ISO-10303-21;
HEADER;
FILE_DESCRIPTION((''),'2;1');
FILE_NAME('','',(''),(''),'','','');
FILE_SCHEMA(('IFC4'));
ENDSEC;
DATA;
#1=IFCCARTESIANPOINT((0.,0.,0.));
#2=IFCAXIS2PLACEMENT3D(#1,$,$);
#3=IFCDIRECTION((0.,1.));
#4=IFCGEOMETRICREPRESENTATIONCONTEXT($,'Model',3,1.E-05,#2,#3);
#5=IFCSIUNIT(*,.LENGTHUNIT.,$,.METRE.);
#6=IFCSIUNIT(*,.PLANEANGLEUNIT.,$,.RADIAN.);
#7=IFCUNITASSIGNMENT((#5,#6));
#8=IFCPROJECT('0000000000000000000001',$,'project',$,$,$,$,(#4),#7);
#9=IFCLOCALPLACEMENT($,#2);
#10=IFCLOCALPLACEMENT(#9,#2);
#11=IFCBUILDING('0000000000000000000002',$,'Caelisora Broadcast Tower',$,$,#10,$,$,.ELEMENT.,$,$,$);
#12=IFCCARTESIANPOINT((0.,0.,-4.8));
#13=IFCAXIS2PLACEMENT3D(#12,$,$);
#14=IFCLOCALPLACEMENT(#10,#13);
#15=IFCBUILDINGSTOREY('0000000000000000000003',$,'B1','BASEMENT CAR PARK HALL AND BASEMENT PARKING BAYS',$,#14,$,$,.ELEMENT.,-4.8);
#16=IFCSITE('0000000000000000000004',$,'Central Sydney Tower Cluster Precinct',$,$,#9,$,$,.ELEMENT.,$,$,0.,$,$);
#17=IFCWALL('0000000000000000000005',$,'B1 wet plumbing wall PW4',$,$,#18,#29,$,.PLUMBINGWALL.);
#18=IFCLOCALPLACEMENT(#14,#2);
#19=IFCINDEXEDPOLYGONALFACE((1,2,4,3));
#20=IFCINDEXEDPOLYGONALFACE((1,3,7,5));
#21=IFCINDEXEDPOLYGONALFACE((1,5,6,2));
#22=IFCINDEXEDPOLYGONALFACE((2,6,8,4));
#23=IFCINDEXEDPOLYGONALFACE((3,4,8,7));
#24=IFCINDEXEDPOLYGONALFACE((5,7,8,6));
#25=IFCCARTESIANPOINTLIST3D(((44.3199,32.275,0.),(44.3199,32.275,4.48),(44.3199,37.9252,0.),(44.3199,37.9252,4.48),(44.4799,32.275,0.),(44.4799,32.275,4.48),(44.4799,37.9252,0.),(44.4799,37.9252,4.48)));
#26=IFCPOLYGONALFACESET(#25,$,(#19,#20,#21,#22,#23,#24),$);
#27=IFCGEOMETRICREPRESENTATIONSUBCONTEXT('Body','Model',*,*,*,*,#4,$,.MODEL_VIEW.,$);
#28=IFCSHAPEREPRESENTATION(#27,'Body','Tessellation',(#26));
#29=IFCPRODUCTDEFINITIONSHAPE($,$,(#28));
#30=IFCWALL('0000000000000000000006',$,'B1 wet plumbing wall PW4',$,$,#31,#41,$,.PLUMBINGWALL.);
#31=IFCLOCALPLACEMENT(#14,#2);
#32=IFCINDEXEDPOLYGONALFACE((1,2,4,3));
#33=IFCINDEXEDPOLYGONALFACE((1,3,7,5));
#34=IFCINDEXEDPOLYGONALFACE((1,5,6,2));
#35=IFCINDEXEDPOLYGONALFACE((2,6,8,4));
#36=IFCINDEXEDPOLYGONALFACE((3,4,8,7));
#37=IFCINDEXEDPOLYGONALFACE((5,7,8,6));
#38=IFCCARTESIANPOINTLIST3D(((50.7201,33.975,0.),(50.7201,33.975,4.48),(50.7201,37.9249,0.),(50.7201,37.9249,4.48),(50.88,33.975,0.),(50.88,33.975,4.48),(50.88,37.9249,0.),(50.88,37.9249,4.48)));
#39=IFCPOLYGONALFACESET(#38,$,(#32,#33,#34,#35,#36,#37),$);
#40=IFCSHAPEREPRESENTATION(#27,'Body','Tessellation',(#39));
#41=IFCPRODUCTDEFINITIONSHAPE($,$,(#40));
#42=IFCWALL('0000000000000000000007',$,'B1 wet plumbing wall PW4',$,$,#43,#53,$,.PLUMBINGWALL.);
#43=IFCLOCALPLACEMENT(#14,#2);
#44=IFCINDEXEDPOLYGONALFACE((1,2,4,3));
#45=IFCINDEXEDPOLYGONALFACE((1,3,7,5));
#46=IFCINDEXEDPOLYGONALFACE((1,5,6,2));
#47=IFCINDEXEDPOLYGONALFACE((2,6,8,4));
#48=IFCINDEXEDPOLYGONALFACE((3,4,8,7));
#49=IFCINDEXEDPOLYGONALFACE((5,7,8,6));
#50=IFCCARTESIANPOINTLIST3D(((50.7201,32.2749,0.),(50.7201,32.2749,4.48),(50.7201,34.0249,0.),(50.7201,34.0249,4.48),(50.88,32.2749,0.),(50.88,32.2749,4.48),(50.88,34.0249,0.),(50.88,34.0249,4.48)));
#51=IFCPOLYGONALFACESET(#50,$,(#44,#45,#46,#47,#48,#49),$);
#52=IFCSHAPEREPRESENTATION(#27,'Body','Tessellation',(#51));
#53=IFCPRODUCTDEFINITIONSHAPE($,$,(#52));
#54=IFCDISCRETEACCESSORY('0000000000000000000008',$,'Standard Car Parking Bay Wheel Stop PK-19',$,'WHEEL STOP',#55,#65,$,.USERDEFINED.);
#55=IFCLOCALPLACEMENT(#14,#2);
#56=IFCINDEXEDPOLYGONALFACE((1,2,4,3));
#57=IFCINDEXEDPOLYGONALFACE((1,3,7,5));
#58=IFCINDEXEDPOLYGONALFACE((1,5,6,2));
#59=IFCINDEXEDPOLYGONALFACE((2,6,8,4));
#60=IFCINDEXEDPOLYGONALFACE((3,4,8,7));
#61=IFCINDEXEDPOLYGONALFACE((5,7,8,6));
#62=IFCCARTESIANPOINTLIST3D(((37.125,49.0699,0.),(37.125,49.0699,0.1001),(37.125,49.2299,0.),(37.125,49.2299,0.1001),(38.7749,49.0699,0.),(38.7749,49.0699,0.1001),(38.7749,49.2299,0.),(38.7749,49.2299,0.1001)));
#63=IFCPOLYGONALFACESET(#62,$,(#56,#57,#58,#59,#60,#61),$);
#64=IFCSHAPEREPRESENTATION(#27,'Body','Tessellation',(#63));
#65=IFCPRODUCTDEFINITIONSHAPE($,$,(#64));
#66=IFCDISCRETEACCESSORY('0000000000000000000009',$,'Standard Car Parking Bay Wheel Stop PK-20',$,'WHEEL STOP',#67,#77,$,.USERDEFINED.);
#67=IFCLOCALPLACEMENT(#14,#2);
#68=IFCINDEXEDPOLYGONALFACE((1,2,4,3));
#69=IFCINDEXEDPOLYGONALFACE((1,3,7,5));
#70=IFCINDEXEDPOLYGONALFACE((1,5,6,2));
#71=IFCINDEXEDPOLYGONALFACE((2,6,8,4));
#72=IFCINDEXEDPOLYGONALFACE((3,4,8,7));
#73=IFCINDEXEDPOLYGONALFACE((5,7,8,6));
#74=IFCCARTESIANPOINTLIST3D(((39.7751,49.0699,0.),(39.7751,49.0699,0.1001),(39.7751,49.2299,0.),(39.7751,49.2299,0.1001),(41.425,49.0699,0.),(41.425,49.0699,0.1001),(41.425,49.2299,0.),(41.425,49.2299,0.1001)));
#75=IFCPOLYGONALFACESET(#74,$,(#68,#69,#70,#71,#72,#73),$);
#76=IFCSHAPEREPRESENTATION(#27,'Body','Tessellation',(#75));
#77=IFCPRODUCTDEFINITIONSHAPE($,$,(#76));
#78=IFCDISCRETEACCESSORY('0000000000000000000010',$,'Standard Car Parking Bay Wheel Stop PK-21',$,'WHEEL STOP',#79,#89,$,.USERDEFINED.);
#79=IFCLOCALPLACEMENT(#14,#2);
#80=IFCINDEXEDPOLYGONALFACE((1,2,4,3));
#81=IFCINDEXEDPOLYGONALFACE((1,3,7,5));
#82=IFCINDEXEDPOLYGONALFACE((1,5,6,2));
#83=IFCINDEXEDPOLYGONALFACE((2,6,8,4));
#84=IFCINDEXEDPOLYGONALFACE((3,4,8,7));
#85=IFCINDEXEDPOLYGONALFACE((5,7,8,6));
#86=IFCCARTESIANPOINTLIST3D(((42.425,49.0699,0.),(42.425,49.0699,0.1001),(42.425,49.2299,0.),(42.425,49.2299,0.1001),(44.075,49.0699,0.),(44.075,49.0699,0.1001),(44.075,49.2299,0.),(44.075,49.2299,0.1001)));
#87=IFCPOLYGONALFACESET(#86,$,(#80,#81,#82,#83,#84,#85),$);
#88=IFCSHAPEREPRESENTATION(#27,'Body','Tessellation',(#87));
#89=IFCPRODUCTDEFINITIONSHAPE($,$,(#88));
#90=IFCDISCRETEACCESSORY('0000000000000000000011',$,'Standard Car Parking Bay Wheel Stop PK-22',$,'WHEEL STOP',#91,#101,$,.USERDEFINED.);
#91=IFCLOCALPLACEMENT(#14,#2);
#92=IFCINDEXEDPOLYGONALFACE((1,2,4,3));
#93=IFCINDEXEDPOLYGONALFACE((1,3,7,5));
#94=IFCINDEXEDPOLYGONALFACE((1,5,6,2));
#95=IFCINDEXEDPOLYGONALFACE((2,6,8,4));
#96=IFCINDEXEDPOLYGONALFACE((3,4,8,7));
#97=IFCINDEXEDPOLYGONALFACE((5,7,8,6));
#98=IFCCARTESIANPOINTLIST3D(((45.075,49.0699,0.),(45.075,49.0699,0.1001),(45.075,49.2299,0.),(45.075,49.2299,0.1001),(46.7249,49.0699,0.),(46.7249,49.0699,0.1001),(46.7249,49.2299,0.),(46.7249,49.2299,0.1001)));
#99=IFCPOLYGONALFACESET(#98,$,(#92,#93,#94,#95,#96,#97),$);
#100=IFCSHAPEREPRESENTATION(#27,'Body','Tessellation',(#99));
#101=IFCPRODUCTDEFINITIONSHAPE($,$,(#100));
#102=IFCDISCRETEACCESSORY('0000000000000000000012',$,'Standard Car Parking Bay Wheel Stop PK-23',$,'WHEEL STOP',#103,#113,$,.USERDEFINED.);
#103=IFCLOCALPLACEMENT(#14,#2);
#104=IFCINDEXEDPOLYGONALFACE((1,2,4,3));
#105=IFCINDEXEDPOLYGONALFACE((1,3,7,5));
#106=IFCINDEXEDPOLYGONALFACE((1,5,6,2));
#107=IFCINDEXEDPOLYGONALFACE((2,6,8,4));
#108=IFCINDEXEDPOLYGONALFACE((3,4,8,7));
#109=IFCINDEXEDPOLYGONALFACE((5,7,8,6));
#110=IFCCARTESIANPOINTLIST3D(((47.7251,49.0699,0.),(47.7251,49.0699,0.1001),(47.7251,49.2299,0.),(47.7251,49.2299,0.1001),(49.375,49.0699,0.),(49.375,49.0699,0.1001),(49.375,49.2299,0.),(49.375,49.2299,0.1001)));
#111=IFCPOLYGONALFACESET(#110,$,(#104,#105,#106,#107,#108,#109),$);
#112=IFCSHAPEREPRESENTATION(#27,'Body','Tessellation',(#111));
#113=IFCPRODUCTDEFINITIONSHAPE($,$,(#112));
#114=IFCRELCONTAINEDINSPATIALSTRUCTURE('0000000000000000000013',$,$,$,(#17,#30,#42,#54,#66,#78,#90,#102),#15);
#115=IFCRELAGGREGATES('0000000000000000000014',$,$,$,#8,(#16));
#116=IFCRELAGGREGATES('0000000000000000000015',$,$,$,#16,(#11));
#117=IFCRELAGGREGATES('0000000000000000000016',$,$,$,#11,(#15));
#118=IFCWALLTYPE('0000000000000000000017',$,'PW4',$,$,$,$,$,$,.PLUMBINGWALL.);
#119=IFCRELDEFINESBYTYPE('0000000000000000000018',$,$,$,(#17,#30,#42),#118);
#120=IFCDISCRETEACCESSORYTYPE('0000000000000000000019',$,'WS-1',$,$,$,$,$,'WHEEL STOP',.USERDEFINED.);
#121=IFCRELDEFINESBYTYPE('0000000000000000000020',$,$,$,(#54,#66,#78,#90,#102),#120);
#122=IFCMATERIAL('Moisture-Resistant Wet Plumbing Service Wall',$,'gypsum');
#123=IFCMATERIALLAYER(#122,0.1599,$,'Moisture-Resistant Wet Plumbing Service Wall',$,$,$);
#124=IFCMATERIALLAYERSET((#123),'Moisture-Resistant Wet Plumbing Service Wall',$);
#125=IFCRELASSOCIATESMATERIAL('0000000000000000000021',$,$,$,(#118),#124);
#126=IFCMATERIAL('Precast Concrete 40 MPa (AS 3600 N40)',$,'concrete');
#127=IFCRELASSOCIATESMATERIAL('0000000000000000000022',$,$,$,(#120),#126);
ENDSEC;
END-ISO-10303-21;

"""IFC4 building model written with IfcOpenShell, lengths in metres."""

from ifc_helpers import new_model, si_unit, direction, frame, frame_2d, origin, origin_2d, place, context, subcontext, project, spatial, rectangle, extrude, source, transform, mapped, material, layer, layer_set, type_object, type_shapes, element, save


model = new_model("IFC4")

# Units and contexts
model_context = context("Model", 3, precision=1e-05, world=origin(), true_north=direction((0.0, 1.0)))
body_context = subcontext(model_context, "Body", "Model", "MODEL_VIEW")
ifc_project = project(units=[si_unit("LENGTHUNIT", "METRE"), si_unit("PLANEANGLEUNIT", "RADIAN")], contexts=[model_context])

# Site, building, storey
site_placement = place(None, origin())
site = spatial("IfcSite", under=ifc_project, at=site_placement, Name="Central Sydney Tower Cluster Precinct", CompositionType="ELEMENT", RefElevation=0.0)
building_placement = place(site_placement, origin())
building = spatial("IfcBuilding", under=site, at=building_placement, Name="Caelisora Broadcast Tower", CompositionType="ELEMENT")
storey_placement = place(building_placement, frame((0.0, 0.0, -4.8)))
storey = spatial("IfcBuildingStorey", under=building, at=storey_placement, Name="B1", Description="BASEMENT CAR PARK HALL AND BASEMENT PARKING BAYS", CompositionType="ELEMENT", Elevation=-4.8)

# Shared definitions
ifc_material_1 = material(Name="Moisture-Resistant Wet Plumbing Service Wall", Category="gypsum")
ifc_layer = layer(ifc_material_1, 0.1599, Name="Moisture-Resistant Wet Plumbing Service Wall")
ifc_layer_set = layer_set([ifc_layer], Name="Moisture-Resistant Wet Plumbing Service Wall")
wall_type = type_object("IfcWallType", Name="PW4", PredefinedType="PLUMBINGWALL", material=ifc_layer_set)

# Walls
for number, where, z_axis, x_axis, name in (
    (1, (44.3999, 32.2749, 0.0), (0.0, 0.0, 1.0), (0.0, 1.0, 0.0), "B1 wet plumbing wall PW4"),
):
    element("IfcWall", number, at=place(storey_placement, frame(where, z_axis=z_axis, x_axis=x_axis)), inside=storey, type_object=wall_type, Name=name, PredefinedType="PLUMBINGWALL", context=body_context, shape_type="SweptSolid", body=[
        extrude(rectangle(XDim=5.6501, YDim=0.1599, at=frame_2d((2.8252, 0.0))), origin(), (0.0, 0.0, 1.0), 4.48),
    ])
wall_1_placement = place(storey_placement, frame((50.8, 37.925, 0.0), z_axis=(0.0, 0.0, 1.0), x_axis=(0.0, -1.0, 0.0)))
element("IfcWall", 2, at=wall_1_placement, inside=storey, type_object=wall_type, Name="B1 wet plumbing wall PW4", PredefinedType="PLUMBINGWALL", context=body_context, shape_type="SweptSolid", body=[
    extrude(rectangle(XDim=3.95, YDim=0.1599, at=frame_2d((1.9751, 0.0))), origin(), (0.0, 0.0, 1.0), 4.48),
])
wall_2_placement = place(storey_placement, frame((50.8, 32.2749, 0.0), z_axis=(0.0, 0.0, 1.0), x_axis=(0.0, 1.0, 0.0)))
element("IfcWall", 3, at=wall_2_placement, inside=storey, type_object=wall_type, Name="B1 wet plumbing wall PW4", PredefinedType="PLUMBINGWALL", context=body_context, shape_type="SweptSolid", body=[
    extrude(rectangle(XDim=1.75, YDim=0.1599, at=frame_2d((0.875, 0.0))), origin(), (0.0, 0.0, 1.0), 4.48),
])

# Discrete accessories
ifc_material_2 = material(Name="Precast Concrete 40 MPa (AS 3600 N40)", Category="concrete")
discrete_accessory_type = type_object("IfcDiscreteAccessoryType", Name="WS-1", ElementType="WHEEL STOP", PredefinedType="USERDEFINED", material=ifc_material_2)
shared_shape_1 = source(origin(), body_context, "Body", "SweptSolid", [
    extrude(rectangle(XDim=1.6499, YDim=0.1599, at=origin_2d()), origin(), (0.0, 0.0, 1.0), 0.1001),
])
type_shapes(discrete_accessory_type, [shared_shape_1])
for number, where, z_axis, x_axis, name in (
    (4, (37.95, 49.1499, 0.0), (0.0, 0.0, 1.0), (1.0, 0.0, 0.0), "Standard Car Parking Bay Wheel Stop PK-19"),
    (5, (40.6001, 49.1499, 0.0), (0.0, 0.0, 1.0), (1.0, 0.0, 0.0), "Standard Car Parking Bay Wheel Stop PK-20"),
    (6, (43.25, 49.1499, 0.0), (0.0, 0.0, 1.0), (1.0, 0.0, 0.0), "Standard Car Parking Bay Wheel Stop PK-21"),
    (7, (45.8999, 49.1499, 0.0), (0.0, 0.0, 1.0), (1.0, 0.0, 0.0), "Standard Car Parking Bay Wheel Stop PK-22"),
    (8, (48.55, 49.1499, 0.0), (0.0, 0.0, 1.0), (1.0, 0.0, 0.0), "Standard Car Parking Bay Wheel Stop PK-23"),
):
    element("IfcDiscreteAccessory", number, at=place(storey_placement, frame(where, z_axis=z_axis, x_axis=x_axis)), inside=storey, type_object=discrete_accessory_type, Name=name, ObjectType="WHEEL STOP", PredefinedType="USERDEFINED", context=body_context, shape_type="MappedRepresentation", body=[
        mapped(shared_shape_1, transform((0.0, 0.0, 0.0), scale=1.0)),
    ])

save(model, "model.ifc")
